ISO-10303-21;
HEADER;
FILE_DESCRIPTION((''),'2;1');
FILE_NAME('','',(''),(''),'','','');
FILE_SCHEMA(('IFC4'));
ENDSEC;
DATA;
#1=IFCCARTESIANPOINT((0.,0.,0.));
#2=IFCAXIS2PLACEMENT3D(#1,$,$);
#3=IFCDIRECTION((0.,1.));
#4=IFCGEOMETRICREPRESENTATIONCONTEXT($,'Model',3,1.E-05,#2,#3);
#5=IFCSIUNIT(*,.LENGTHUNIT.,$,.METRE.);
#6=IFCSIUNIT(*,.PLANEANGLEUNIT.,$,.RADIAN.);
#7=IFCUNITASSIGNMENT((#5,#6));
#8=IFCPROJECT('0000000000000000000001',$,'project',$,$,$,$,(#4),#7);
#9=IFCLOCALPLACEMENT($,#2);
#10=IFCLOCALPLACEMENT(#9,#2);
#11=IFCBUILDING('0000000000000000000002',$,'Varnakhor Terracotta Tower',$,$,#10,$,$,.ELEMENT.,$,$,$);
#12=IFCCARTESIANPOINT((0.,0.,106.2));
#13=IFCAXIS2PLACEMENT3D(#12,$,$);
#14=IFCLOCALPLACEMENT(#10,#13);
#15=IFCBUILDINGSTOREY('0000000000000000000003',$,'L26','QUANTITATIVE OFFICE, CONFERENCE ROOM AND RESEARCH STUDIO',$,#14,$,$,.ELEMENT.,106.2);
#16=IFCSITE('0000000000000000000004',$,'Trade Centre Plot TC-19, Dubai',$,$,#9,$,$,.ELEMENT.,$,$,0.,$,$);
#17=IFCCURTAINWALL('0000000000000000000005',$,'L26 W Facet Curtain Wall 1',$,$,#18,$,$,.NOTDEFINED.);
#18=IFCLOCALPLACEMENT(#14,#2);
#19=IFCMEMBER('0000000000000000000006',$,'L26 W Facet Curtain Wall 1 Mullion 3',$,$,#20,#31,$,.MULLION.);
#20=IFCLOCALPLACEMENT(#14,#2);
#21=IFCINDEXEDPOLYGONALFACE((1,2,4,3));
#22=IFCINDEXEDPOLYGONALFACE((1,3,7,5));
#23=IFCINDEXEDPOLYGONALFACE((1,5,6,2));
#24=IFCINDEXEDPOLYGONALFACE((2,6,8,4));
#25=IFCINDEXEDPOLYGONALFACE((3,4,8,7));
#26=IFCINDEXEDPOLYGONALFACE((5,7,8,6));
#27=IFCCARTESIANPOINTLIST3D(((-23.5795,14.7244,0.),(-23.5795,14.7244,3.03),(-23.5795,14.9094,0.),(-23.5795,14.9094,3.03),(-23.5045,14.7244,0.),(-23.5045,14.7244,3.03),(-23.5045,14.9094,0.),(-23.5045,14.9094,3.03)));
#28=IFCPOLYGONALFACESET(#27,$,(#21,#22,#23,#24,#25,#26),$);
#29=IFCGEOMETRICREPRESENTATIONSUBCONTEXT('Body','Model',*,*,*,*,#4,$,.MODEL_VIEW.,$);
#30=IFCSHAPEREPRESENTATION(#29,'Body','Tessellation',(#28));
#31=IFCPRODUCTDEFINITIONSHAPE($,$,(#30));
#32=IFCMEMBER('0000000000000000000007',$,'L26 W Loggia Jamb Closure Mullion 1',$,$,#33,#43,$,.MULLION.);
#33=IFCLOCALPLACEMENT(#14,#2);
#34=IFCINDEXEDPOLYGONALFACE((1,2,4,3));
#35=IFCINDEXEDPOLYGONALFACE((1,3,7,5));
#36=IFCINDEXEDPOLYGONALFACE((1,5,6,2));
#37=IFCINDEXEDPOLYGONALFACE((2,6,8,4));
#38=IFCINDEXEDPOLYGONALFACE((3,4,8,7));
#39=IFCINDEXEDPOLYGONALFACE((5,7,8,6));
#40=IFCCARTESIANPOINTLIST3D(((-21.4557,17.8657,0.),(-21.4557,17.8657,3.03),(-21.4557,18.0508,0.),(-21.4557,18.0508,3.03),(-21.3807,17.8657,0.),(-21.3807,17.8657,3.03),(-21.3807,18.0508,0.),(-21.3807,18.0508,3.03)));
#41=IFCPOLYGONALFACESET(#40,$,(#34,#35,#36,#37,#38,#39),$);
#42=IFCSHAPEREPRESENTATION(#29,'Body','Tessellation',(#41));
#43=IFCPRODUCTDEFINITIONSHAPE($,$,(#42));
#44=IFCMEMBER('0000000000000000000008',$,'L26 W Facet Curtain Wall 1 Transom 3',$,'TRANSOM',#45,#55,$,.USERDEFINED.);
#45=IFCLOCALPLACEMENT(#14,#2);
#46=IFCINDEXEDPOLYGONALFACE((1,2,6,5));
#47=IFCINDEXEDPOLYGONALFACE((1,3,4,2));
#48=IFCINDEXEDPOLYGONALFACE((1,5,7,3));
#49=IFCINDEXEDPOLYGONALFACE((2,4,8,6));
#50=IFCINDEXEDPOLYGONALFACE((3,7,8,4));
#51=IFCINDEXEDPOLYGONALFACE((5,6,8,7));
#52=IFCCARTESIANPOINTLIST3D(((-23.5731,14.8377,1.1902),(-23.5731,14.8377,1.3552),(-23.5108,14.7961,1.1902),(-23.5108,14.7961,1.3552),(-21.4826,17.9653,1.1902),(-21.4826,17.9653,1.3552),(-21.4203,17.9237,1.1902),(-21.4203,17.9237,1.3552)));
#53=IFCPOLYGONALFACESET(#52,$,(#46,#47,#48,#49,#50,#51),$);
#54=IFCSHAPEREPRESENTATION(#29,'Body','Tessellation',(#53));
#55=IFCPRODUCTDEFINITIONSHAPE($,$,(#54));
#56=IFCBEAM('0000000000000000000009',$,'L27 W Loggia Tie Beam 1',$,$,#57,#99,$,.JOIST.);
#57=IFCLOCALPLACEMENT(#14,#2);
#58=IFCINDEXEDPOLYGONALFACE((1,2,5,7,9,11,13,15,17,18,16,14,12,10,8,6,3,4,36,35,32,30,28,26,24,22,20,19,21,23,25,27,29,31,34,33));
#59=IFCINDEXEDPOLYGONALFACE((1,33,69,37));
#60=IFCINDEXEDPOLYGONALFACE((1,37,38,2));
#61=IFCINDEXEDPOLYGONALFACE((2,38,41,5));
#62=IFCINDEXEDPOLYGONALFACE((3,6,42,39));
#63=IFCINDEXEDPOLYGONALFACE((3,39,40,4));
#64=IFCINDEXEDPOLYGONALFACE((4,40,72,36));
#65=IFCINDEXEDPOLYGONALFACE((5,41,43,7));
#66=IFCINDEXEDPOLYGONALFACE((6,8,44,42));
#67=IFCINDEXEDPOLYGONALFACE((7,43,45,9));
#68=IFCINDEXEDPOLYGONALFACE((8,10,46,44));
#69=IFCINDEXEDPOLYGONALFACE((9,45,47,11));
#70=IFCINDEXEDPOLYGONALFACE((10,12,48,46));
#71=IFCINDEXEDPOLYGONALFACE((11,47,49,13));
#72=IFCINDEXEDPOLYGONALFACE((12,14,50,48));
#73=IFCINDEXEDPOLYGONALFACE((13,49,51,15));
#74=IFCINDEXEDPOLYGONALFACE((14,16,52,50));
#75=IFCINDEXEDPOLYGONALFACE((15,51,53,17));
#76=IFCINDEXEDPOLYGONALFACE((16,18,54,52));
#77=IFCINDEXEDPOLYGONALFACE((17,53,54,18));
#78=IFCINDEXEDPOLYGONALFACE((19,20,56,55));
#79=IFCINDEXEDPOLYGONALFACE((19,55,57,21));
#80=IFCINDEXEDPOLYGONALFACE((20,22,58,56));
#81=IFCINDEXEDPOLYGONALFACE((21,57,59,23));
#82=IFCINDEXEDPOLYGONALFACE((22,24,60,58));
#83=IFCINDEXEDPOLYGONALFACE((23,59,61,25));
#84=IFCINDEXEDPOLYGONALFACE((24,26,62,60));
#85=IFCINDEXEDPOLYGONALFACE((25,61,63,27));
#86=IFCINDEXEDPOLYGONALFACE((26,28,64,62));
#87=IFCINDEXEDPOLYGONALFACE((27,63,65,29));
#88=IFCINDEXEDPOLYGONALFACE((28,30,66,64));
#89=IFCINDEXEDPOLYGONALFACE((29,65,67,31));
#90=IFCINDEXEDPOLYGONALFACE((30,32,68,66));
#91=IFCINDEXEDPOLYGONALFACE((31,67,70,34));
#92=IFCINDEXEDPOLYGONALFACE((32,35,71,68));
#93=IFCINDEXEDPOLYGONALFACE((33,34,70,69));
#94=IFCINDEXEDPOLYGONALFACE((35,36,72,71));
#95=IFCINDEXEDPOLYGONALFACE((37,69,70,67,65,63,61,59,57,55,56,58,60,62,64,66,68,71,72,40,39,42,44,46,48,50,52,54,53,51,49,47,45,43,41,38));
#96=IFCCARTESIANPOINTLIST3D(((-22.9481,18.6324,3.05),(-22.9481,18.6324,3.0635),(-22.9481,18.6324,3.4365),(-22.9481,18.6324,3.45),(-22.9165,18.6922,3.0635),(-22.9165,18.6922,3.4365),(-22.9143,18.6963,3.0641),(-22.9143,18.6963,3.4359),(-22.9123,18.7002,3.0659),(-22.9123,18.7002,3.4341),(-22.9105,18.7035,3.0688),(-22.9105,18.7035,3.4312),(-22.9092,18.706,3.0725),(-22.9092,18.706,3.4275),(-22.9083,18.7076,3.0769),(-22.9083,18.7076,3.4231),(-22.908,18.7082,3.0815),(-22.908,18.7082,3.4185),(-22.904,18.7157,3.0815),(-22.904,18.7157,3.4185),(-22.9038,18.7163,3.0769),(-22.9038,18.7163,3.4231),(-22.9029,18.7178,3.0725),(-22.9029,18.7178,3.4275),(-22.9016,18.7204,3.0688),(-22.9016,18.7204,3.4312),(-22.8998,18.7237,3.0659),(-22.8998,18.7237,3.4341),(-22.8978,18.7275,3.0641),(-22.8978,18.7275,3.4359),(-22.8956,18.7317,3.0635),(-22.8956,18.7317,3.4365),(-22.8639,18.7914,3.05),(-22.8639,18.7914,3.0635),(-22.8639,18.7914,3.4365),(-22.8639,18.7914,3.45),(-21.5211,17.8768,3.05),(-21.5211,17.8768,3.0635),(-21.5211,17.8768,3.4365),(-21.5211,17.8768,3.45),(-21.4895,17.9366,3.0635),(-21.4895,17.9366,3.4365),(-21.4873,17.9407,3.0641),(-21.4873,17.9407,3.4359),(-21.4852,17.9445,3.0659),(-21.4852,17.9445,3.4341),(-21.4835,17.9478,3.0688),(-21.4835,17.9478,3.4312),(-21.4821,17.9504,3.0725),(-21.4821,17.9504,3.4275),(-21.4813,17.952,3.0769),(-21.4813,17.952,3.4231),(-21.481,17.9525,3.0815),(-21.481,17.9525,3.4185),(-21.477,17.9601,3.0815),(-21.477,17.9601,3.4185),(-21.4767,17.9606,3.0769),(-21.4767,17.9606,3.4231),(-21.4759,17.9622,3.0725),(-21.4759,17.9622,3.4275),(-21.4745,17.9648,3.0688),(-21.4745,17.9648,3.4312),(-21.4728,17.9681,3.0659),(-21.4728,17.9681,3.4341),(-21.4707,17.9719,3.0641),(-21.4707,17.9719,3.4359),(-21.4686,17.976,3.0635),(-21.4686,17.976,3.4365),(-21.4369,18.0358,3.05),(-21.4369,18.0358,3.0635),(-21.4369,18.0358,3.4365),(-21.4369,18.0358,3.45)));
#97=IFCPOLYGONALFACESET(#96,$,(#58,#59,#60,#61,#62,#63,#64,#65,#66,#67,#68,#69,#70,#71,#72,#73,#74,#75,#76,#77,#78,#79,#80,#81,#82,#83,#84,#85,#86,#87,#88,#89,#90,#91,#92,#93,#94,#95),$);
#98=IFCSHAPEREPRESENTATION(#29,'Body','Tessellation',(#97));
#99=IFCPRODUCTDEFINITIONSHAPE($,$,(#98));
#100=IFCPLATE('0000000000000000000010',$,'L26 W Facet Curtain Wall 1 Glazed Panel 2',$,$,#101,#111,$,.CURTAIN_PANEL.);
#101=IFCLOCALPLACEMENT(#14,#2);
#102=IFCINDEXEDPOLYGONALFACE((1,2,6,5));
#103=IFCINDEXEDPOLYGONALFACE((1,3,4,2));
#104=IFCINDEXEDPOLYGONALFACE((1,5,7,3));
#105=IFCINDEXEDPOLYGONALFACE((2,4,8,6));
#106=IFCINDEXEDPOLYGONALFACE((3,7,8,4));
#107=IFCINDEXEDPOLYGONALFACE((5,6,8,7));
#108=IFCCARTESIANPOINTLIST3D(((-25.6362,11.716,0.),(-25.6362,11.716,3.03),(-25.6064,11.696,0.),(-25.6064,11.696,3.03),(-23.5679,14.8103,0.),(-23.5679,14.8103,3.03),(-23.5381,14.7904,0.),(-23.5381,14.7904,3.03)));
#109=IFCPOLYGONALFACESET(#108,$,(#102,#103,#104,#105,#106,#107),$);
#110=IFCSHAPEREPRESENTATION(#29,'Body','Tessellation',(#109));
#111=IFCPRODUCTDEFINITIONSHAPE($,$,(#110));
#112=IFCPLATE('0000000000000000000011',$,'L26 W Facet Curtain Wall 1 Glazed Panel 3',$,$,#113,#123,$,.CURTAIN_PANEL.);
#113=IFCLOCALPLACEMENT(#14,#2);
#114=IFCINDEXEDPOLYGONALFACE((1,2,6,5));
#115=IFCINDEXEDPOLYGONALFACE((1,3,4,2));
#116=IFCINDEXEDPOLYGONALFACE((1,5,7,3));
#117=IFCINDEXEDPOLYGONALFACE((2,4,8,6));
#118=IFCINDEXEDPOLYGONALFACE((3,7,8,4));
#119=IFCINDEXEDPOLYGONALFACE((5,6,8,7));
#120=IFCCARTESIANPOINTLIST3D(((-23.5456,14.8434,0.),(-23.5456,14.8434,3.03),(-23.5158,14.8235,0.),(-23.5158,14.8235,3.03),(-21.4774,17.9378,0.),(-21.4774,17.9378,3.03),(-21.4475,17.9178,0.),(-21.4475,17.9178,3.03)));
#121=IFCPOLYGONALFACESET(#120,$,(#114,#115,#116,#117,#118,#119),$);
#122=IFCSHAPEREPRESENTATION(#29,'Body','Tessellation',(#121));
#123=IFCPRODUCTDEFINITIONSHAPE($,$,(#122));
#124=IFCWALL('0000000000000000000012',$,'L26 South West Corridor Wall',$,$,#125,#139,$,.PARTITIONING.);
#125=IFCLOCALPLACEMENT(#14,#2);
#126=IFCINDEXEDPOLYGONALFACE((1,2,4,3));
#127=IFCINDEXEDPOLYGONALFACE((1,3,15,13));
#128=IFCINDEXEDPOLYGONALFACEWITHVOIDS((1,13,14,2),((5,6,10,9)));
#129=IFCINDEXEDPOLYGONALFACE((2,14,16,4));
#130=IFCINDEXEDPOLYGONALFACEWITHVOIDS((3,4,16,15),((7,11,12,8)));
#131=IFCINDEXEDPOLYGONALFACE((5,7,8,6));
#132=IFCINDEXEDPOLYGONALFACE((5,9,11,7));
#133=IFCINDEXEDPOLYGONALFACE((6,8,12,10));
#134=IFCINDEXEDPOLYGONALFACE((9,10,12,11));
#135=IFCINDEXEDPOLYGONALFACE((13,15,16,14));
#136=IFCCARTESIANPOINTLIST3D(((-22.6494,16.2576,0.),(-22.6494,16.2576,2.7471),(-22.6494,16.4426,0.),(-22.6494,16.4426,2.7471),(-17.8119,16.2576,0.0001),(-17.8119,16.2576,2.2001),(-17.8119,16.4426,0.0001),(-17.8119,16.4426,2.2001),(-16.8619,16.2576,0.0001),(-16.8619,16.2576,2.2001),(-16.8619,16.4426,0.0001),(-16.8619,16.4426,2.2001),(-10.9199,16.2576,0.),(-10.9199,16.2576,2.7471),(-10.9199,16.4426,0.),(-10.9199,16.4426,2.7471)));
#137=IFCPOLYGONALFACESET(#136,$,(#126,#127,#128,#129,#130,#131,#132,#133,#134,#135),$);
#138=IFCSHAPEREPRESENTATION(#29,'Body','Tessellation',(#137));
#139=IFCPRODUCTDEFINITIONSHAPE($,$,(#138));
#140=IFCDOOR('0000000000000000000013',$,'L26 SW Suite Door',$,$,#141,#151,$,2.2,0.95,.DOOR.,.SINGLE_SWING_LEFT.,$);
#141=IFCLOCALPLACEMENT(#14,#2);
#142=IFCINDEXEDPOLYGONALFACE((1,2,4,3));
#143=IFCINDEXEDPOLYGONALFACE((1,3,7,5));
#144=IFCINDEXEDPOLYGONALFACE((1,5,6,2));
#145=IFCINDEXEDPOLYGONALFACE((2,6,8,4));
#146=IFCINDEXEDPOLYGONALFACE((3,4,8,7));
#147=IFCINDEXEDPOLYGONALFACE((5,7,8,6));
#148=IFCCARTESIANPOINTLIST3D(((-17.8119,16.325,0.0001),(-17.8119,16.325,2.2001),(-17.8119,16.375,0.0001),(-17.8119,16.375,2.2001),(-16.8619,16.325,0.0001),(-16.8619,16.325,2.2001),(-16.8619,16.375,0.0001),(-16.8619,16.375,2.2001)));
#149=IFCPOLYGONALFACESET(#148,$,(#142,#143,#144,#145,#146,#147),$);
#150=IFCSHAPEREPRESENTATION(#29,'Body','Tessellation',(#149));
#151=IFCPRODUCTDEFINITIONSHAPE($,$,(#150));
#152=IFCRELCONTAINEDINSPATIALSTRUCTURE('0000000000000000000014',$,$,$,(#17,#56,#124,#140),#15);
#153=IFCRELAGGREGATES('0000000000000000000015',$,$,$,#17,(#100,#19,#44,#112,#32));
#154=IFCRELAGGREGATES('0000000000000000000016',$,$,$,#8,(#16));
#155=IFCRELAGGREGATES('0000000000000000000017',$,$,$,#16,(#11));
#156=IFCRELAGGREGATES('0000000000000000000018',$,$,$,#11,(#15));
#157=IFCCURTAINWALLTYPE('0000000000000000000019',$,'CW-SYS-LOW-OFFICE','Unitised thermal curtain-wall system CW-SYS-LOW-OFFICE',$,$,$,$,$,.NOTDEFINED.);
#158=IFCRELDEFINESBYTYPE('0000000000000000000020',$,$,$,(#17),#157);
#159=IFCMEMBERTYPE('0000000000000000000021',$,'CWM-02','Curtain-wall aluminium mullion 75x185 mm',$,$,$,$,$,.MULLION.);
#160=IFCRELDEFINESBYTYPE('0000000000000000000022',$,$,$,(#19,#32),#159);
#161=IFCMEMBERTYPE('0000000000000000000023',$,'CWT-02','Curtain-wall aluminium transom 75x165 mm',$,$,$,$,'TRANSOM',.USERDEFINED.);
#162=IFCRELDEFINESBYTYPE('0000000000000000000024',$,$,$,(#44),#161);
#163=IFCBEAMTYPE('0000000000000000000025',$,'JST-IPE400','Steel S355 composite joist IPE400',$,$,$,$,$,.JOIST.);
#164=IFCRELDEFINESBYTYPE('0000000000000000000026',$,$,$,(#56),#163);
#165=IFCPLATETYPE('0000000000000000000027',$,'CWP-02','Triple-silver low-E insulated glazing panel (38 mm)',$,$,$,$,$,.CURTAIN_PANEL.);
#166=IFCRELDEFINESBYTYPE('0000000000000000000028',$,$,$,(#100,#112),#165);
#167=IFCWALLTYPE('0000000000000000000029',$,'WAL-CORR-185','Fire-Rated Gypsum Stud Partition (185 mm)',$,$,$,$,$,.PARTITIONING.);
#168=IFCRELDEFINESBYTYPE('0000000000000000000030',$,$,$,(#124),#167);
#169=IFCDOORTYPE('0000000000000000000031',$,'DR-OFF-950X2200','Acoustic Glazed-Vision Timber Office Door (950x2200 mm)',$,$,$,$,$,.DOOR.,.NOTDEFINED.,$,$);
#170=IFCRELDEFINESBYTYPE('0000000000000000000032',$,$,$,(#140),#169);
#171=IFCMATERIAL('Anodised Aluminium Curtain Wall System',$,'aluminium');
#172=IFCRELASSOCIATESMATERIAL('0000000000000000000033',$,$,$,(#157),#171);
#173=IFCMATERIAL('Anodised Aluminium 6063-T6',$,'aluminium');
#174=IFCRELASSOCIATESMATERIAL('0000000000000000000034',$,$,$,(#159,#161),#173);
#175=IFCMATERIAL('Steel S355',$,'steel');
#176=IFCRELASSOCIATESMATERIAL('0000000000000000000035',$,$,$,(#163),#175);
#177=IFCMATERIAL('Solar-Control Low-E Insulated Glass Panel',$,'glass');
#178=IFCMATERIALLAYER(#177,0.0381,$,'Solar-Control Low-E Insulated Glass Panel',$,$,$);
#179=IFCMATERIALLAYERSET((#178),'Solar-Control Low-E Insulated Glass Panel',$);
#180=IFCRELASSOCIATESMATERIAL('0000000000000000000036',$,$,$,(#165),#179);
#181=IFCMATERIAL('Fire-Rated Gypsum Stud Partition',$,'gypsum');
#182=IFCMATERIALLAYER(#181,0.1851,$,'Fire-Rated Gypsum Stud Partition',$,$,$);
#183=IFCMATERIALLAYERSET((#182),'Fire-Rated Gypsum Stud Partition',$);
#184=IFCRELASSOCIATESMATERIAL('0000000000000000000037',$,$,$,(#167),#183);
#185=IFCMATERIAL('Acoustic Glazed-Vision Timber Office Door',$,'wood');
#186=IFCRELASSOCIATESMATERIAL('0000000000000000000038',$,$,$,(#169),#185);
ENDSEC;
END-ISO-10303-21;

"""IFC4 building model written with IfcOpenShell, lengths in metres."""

from ifc_helpers import new_model, si_unit, direction, frame, frame_2d, origin, origin_2d, place, context, subcontext, project, spatial, rectangle, i_section, extrude, source, transform, mapped, material, layer, layer_set, material_profile, profile_set, type_object, type_shapes, element, fill, aggregate, save


model = new_model("IFC4")

# Units and contexts
model_context = context("Model", 3, precision=1e-05, world=origin(), true_north=direction((0.0, 1.0)))
body_context = subcontext(model_context, "Body", "Model", "MODEL_VIEW")
ifc_project = project(units=[si_unit("LENGTHUNIT", "METRE"), si_unit("PLANEANGLEUNIT", "RADIAN")], contexts=[model_context])

# Site, building, storey
site_placement = place(None, origin())
site = spatial("IfcSite", under=ifc_project, at=site_placement, Name="Trade Centre Plot TC-19, Dubai", CompositionType="ELEMENT", RefElevation=0.0)
building_placement = place(site_placement, origin())
building = spatial("IfcBuilding", under=site, at=building_placement, Name="Varnakhor Terracotta Tower", CompositionType="ELEMENT")
storey_placement = place(building_placement, frame((0.0, 0.0, 106.2)))
storey = spatial("IfcBuildingStorey", under=building, at=storey_placement, Name="L26", Description="QUANTITATIVE OFFICE, CONFERENCE ROOM AND RESEARCH STUDIO", CompositionType="ELEMENT", Elevation=106.2)

# Shared definitions
ifc_material_1 = material(Name="Steel S355", Category="steel")

# Curtain wall, members
ifc_material_2 = material(Name="Anodised Aluminium Curtain Wall System", Category="aluminium")
curtain_wall_type = type_object("IfcCurtainWallType", Name="CW-SYS-LOW-OFFICE", Description="Unitised thermal curtain-wall system CW-SYS-LOW-OFFICE", PredefinedType="NOTDEFINED", material=ifc_material_2)
curtain_wall_placement = place(storey_placement, origin())
curtain_wall = element("IfcCurtainWall", 1, at=curtain_wall_placement, inside=storey, type_object=curtain_wall_type, Name="L26 W Facet Curtain Wall 1", PredefinedType="NOTDEFINED")
ifc_material_3 = material(Name="Anodised Aluminium 6063-T6", Category="aluminium")
ifc_material_profile_1 = material_profile(ifc_material_3, rectangle(XDim=0.075, YDim=0.1851, at=origin_2d()), Name="ALU MULLION 75x185")
ifc_profile_set_1 = profile_set([ifc_material_profile_1], Name="Anodised Aluminium 6063-T6")
member_type_1 = type_object("IfcMemberType", Name="CWM-02", Description="Curtain-wall aluminium mullion 75x185 mm", PredefinedType="MULLION", material=ifc_profile_set_1)
shared_shape_1 = source(origin(), body_context, "Body", "SweptSolid", [
    extrude(rectangle(XDim=0.075, YDim=0.1851, at=origin_2d()), origin(), (0.0, 0.0, 1.0), 3.03),
])
type_shapes(member_type_1, [shared_shape_1])
member_1_placement = place(storey_placement, frame((-23.542, 14.8169, 0.0), z_axis=(0.0, 0.0, 1.0), x_axis=(1.0, 0.0, 0.0)))
member_1 = element("IfcMember", 2, at=member_1_placement, type_object=member_type_1, Name="L26 W Facet Curtain Wall 1 Mullion 3", PredefinedType="MULLION", context=body_context, shape_type="MappedRepresentation", body=[
    mapped(shared_shape_1, transform((0.0, 0.0, 0.0), scale=1.0)),
])
member_2_placement = place(storey_placement, frame((-21.4182, 17.9583, 0.0), z_axis=(0.0, 0.0, 1.0), x_axis=(1.0, 0.0, 0.0)))
member_2 = element("IfcMember", 3, at=member_2_placement, type_object=member_type_1, Name="L26 W Loggia Jamb Closure Mullion 1", PredefinedType="MULLION", context=body_context, shape_type="MappedRepresentation", body=[
    mapped(shared_shape_1, transform((0.0, 0.0, 0.0), scale=1.0)),
])
ifc_material_profile_2 = material_profile(ifc_material_3, rectangle(XDim=0.075, YDim=0.165, at=origin_2d()), Name="ALU TRANSOM 75x165")
ifc_profile_set_2 = profile_set([ifc_material_profile_2], Name="Anodised Aluminium 6063-T6")
member_type_2 = type_object("IfcMemberType", Name="CWT-02", Description="Curtain-wall aluminium transom 75x165 mm", ElementType="TRANSOM", PredefinedType="USERDEFINED", material=ifc_profile_set_2)
shared_shape_2 = source(origin(), body_context, "Body", "SweptSolid", [
    extrude(rectangle(XDim=0.075, YDim=0.165, at=origin_2d()), origin(), (0.0, 0.0, 1.0), 3.762),
])
member_3_placement = place(storey_placement, frame((-23.542, 14.8169, 1.2727), z_axis=(0.555703, 0.831381, 0.0), x_axis=(-0.831381, 0.555703, 0.0)))
member_3 = element("IfcMember", 4, at=member_3_placement, type_object=member_type_2, Name="L26 W Facet Curtain Wall 1 Transom 3", ObjectType="TRANSOM", PredefinedType="USERDEFINED", context=body_context, shape_type="MappedRepresentation", body=[
    mapped(shared_shape_2, transform((0.0, 0.0, 0.0), scale=1.0)),
])

# Beam
ifc_material_profile_3 = material_profile(ifc_material_1, i_section(OverallWidth=0.1799, OverallDepth=0.3999, WebThickness=0.0085, FlangeThickness=0.0134, FilletRadius=0.0181, at=origin_2d()), Name="IPE400")
ifc_profile_set_3 = profile_set([ifc_material_profile_3], Name="Steel S355")
beam_type_1 = type_object("IfcBeamType", Name="JST-IPE400", Description="Steel S355 composite joist IPE400", PredefinedType="JOIST", material=ifc_profile_set_3)
shared_shape_3 = source(origin(), body_context, "Body", "SweptSolid", [
    extrude(i_section(OverallWidth=0.1799, OverallDepth=0.3999, WebThickness=0.0085, FlangeThickness=0.0134, FilletRadius=0.0181, at=origin_2d()), origin(), (0.0, 0.0, 1.0), 1.6147),
])
beam_1_placement = place(storey_placement, frame((-21.479, 17.9563, 3.25), z_axis=(-0.883751, 0.467957, 0.0), x_axis=(-0.467957, -0.883751, 0.0)))
element("IfcBeam", 5, at=beam_1_placement, inside=storey, type_object=beam_type_1, Name="L27 W Loggia Tie Beam 1", PredefinedType="JOIST", context=body_context, shape_type="MappedRepresentation", body=[
    mapped(shared_shape_3, transform((0.0, 0.0, 0.0), scale=1.0)),
])

# Plates
ifc_material_4 = material(Name="Solar-Control Low-E Insulated Glass Panel", Category="glass")
ifc_layer_1 = layer(ifc_material_4, 0.0381, Name="Solar-Control Low-E Insulated Glass Panel")
ifc_layer_set_1 = layer_set([ifc_layer_1], Name="Solar-Control Low-E Insulated Glass Panel")
plate_type = type_object("IfcPlateType", Name="CWP-02", Description="Triple-silver low-E insulated glazing panel (38 mm)", PredefinedType="CURTAIN_PANEL", material=ifc_layer_set_1)
shared_shape_4 = source(origin(), body_context, "Body", "SweptSolid", [
    extrude(rectangle(XDim=3.7219, YDim=0.0359, at=origin_2d()), origin(), (0.0, 0.0, 1.0), 3.03),
])
plate_1_placement = place(storey_placement, frame((-24.5872, 13.2532, 0.0), z_axis=(0.0, 0.0, 1.0), x_axis=(0.555701, 0.831382, 0.0)))
plate_1 = element("IfcPlate", 6, at=plate_1_placement, type_object=plate_type, Name="L26 W Facet Curtain Wall 1 Glazed Panel 2", PredefinedType="CURTAIN_PANEL", context=body_context, shape_type="MappedRepresentation", body=[
    mapped(shared_shape_4, transform((0.0, 0.0, 0.0), scale=1.0)),
])
plate_2_placement = place(storey_placement, frame((-22.4966, 16.3806, 0.0), z_axis=(0.0, 0.0, 1.0), x_axis=(0.555701, 0.831382, 0.0)))
plate_2 = element("IfcPlate", 7, at=plate_2_placement, type_object=plate_type, Name="L26 W Facet Curtain Wall 1 Glazed Panel 3", PredefinedType="CURTAIN_PANEL", context=body_context, shape_type="MappedRepresentation", body=[
    mapped(shared_shape_4, transform((0.0, 0.0, 0.0), scale=1.0)),
])
aggregate(curtain_wall, [plate_1, member_1, member_3, plate_2, member_2])

# Wall, opening, door
ifc_material_5 = material(Name="Fire-Rated Gypsum Stud Partition", Category="gypsum")
ifc_layer_2 = layer(ifc_material_5, 0.1851, Name="Fire-Rated Gypsum Stud Partition")
ifc_layer_set_2 = layer_set([ifc_layer_2], Name="Fire-Rated Gypsum Stud Partition")
wall_type_1 = type_object("IfcWallType", Name="WAL-CORR-185", Description="Fire-Rated Gypsum Stud Partition (185 mm)", PredefinedType="PARTITIONING", material=ifc_layer_set_2)
wall_1_placement = place(storey_placement, frame((-22.6494, 16.3501, 0.0), z_axis=(0.0, 0.0, 1.0), x_axis=(1.0, 0.0, 0.0)))
wall_1 = element("IfcWall", 8, at=wall_1_placement, inside=storey, type_object=wall_type_1, Name="L26 South West Corridor Wall", PredefinedType="PARTITIONING", context=body_context, shape_type="SweptSolid", body=[
    extrude(rectangle(XDim=11.7295, YDim=0.1851, at=frame_2d((5.8647, 0.0))), origin(), (0.0, 0.0, 1.0), 2.7471),
])
opening_1_placement = place(wall_1_placement, frame((4.8374, 0.0, 0.0)))
opening_1 = element("IfcOpeningElement", 9, at=opening_1_placement, cuts=wall_1, PredefinedType="OPENING", context=body_context, shape_type="SweptSolid", body=[
    extrude(rectangle(XDim=0.95, YDim=2.2, at=frame_2d((0.4751, 1.1001))), frame((0.0, 0.1025, 0.0), z_axis=(0.0, -1.0, 0.0), x_axis=(1.0, 0.0, 0.0)), (0.0, 0.0, 1.0), 0.2051),
])
ifc_material_6 = material(Name="Acoustic Glazed-Vision Timber Office Door", Category="wood")
door_type_1 = type_object("IfcDoorType", Name="DR-OFF-950X2200", Description="Acoustic Glazed-Vision Timber Office Door (950x2200 mm)", OperationType="NOTDEFINED", PredefinedType="DOOR", material=ifc_material_6)
shared_shape_5 = source(origin(), body_context, "Body", "SweptSolid", [
    extrude(rectangle(XDim=0.95, YDim=2.2, at=frame_2d((0.4751, 1.1001))), frame((0.0, 0.0249, 0.0), z_axis=(0.0, -1.0, 0.0), x_axis=(1.0, 0.0, 0.0)), (0.0, 0.0, 1.0), 0.05),
])
type_shapes(door_type_1, [shared_shape_5])
door_1_placement = place(opening_1_placement, origin())
door_1 = element("IfcDoor", 10, at=door_1_placement, inside=storey, type_object=door_type_1, Name="L26 SW Suite Door", OperationType="SINGLE_SWING_LEFT", OverallHeight=2.2, OverallWidth=0.95, PredefinedType="DOOR", context=body_context, shape_type="MappedRepresentation", body=[
    mapped(shared_shape_5, transform((0.0, 0.0, 0.0), scale=1.0)),
])
fill(opening_1, door_1)

save(model, "model.ifc")
